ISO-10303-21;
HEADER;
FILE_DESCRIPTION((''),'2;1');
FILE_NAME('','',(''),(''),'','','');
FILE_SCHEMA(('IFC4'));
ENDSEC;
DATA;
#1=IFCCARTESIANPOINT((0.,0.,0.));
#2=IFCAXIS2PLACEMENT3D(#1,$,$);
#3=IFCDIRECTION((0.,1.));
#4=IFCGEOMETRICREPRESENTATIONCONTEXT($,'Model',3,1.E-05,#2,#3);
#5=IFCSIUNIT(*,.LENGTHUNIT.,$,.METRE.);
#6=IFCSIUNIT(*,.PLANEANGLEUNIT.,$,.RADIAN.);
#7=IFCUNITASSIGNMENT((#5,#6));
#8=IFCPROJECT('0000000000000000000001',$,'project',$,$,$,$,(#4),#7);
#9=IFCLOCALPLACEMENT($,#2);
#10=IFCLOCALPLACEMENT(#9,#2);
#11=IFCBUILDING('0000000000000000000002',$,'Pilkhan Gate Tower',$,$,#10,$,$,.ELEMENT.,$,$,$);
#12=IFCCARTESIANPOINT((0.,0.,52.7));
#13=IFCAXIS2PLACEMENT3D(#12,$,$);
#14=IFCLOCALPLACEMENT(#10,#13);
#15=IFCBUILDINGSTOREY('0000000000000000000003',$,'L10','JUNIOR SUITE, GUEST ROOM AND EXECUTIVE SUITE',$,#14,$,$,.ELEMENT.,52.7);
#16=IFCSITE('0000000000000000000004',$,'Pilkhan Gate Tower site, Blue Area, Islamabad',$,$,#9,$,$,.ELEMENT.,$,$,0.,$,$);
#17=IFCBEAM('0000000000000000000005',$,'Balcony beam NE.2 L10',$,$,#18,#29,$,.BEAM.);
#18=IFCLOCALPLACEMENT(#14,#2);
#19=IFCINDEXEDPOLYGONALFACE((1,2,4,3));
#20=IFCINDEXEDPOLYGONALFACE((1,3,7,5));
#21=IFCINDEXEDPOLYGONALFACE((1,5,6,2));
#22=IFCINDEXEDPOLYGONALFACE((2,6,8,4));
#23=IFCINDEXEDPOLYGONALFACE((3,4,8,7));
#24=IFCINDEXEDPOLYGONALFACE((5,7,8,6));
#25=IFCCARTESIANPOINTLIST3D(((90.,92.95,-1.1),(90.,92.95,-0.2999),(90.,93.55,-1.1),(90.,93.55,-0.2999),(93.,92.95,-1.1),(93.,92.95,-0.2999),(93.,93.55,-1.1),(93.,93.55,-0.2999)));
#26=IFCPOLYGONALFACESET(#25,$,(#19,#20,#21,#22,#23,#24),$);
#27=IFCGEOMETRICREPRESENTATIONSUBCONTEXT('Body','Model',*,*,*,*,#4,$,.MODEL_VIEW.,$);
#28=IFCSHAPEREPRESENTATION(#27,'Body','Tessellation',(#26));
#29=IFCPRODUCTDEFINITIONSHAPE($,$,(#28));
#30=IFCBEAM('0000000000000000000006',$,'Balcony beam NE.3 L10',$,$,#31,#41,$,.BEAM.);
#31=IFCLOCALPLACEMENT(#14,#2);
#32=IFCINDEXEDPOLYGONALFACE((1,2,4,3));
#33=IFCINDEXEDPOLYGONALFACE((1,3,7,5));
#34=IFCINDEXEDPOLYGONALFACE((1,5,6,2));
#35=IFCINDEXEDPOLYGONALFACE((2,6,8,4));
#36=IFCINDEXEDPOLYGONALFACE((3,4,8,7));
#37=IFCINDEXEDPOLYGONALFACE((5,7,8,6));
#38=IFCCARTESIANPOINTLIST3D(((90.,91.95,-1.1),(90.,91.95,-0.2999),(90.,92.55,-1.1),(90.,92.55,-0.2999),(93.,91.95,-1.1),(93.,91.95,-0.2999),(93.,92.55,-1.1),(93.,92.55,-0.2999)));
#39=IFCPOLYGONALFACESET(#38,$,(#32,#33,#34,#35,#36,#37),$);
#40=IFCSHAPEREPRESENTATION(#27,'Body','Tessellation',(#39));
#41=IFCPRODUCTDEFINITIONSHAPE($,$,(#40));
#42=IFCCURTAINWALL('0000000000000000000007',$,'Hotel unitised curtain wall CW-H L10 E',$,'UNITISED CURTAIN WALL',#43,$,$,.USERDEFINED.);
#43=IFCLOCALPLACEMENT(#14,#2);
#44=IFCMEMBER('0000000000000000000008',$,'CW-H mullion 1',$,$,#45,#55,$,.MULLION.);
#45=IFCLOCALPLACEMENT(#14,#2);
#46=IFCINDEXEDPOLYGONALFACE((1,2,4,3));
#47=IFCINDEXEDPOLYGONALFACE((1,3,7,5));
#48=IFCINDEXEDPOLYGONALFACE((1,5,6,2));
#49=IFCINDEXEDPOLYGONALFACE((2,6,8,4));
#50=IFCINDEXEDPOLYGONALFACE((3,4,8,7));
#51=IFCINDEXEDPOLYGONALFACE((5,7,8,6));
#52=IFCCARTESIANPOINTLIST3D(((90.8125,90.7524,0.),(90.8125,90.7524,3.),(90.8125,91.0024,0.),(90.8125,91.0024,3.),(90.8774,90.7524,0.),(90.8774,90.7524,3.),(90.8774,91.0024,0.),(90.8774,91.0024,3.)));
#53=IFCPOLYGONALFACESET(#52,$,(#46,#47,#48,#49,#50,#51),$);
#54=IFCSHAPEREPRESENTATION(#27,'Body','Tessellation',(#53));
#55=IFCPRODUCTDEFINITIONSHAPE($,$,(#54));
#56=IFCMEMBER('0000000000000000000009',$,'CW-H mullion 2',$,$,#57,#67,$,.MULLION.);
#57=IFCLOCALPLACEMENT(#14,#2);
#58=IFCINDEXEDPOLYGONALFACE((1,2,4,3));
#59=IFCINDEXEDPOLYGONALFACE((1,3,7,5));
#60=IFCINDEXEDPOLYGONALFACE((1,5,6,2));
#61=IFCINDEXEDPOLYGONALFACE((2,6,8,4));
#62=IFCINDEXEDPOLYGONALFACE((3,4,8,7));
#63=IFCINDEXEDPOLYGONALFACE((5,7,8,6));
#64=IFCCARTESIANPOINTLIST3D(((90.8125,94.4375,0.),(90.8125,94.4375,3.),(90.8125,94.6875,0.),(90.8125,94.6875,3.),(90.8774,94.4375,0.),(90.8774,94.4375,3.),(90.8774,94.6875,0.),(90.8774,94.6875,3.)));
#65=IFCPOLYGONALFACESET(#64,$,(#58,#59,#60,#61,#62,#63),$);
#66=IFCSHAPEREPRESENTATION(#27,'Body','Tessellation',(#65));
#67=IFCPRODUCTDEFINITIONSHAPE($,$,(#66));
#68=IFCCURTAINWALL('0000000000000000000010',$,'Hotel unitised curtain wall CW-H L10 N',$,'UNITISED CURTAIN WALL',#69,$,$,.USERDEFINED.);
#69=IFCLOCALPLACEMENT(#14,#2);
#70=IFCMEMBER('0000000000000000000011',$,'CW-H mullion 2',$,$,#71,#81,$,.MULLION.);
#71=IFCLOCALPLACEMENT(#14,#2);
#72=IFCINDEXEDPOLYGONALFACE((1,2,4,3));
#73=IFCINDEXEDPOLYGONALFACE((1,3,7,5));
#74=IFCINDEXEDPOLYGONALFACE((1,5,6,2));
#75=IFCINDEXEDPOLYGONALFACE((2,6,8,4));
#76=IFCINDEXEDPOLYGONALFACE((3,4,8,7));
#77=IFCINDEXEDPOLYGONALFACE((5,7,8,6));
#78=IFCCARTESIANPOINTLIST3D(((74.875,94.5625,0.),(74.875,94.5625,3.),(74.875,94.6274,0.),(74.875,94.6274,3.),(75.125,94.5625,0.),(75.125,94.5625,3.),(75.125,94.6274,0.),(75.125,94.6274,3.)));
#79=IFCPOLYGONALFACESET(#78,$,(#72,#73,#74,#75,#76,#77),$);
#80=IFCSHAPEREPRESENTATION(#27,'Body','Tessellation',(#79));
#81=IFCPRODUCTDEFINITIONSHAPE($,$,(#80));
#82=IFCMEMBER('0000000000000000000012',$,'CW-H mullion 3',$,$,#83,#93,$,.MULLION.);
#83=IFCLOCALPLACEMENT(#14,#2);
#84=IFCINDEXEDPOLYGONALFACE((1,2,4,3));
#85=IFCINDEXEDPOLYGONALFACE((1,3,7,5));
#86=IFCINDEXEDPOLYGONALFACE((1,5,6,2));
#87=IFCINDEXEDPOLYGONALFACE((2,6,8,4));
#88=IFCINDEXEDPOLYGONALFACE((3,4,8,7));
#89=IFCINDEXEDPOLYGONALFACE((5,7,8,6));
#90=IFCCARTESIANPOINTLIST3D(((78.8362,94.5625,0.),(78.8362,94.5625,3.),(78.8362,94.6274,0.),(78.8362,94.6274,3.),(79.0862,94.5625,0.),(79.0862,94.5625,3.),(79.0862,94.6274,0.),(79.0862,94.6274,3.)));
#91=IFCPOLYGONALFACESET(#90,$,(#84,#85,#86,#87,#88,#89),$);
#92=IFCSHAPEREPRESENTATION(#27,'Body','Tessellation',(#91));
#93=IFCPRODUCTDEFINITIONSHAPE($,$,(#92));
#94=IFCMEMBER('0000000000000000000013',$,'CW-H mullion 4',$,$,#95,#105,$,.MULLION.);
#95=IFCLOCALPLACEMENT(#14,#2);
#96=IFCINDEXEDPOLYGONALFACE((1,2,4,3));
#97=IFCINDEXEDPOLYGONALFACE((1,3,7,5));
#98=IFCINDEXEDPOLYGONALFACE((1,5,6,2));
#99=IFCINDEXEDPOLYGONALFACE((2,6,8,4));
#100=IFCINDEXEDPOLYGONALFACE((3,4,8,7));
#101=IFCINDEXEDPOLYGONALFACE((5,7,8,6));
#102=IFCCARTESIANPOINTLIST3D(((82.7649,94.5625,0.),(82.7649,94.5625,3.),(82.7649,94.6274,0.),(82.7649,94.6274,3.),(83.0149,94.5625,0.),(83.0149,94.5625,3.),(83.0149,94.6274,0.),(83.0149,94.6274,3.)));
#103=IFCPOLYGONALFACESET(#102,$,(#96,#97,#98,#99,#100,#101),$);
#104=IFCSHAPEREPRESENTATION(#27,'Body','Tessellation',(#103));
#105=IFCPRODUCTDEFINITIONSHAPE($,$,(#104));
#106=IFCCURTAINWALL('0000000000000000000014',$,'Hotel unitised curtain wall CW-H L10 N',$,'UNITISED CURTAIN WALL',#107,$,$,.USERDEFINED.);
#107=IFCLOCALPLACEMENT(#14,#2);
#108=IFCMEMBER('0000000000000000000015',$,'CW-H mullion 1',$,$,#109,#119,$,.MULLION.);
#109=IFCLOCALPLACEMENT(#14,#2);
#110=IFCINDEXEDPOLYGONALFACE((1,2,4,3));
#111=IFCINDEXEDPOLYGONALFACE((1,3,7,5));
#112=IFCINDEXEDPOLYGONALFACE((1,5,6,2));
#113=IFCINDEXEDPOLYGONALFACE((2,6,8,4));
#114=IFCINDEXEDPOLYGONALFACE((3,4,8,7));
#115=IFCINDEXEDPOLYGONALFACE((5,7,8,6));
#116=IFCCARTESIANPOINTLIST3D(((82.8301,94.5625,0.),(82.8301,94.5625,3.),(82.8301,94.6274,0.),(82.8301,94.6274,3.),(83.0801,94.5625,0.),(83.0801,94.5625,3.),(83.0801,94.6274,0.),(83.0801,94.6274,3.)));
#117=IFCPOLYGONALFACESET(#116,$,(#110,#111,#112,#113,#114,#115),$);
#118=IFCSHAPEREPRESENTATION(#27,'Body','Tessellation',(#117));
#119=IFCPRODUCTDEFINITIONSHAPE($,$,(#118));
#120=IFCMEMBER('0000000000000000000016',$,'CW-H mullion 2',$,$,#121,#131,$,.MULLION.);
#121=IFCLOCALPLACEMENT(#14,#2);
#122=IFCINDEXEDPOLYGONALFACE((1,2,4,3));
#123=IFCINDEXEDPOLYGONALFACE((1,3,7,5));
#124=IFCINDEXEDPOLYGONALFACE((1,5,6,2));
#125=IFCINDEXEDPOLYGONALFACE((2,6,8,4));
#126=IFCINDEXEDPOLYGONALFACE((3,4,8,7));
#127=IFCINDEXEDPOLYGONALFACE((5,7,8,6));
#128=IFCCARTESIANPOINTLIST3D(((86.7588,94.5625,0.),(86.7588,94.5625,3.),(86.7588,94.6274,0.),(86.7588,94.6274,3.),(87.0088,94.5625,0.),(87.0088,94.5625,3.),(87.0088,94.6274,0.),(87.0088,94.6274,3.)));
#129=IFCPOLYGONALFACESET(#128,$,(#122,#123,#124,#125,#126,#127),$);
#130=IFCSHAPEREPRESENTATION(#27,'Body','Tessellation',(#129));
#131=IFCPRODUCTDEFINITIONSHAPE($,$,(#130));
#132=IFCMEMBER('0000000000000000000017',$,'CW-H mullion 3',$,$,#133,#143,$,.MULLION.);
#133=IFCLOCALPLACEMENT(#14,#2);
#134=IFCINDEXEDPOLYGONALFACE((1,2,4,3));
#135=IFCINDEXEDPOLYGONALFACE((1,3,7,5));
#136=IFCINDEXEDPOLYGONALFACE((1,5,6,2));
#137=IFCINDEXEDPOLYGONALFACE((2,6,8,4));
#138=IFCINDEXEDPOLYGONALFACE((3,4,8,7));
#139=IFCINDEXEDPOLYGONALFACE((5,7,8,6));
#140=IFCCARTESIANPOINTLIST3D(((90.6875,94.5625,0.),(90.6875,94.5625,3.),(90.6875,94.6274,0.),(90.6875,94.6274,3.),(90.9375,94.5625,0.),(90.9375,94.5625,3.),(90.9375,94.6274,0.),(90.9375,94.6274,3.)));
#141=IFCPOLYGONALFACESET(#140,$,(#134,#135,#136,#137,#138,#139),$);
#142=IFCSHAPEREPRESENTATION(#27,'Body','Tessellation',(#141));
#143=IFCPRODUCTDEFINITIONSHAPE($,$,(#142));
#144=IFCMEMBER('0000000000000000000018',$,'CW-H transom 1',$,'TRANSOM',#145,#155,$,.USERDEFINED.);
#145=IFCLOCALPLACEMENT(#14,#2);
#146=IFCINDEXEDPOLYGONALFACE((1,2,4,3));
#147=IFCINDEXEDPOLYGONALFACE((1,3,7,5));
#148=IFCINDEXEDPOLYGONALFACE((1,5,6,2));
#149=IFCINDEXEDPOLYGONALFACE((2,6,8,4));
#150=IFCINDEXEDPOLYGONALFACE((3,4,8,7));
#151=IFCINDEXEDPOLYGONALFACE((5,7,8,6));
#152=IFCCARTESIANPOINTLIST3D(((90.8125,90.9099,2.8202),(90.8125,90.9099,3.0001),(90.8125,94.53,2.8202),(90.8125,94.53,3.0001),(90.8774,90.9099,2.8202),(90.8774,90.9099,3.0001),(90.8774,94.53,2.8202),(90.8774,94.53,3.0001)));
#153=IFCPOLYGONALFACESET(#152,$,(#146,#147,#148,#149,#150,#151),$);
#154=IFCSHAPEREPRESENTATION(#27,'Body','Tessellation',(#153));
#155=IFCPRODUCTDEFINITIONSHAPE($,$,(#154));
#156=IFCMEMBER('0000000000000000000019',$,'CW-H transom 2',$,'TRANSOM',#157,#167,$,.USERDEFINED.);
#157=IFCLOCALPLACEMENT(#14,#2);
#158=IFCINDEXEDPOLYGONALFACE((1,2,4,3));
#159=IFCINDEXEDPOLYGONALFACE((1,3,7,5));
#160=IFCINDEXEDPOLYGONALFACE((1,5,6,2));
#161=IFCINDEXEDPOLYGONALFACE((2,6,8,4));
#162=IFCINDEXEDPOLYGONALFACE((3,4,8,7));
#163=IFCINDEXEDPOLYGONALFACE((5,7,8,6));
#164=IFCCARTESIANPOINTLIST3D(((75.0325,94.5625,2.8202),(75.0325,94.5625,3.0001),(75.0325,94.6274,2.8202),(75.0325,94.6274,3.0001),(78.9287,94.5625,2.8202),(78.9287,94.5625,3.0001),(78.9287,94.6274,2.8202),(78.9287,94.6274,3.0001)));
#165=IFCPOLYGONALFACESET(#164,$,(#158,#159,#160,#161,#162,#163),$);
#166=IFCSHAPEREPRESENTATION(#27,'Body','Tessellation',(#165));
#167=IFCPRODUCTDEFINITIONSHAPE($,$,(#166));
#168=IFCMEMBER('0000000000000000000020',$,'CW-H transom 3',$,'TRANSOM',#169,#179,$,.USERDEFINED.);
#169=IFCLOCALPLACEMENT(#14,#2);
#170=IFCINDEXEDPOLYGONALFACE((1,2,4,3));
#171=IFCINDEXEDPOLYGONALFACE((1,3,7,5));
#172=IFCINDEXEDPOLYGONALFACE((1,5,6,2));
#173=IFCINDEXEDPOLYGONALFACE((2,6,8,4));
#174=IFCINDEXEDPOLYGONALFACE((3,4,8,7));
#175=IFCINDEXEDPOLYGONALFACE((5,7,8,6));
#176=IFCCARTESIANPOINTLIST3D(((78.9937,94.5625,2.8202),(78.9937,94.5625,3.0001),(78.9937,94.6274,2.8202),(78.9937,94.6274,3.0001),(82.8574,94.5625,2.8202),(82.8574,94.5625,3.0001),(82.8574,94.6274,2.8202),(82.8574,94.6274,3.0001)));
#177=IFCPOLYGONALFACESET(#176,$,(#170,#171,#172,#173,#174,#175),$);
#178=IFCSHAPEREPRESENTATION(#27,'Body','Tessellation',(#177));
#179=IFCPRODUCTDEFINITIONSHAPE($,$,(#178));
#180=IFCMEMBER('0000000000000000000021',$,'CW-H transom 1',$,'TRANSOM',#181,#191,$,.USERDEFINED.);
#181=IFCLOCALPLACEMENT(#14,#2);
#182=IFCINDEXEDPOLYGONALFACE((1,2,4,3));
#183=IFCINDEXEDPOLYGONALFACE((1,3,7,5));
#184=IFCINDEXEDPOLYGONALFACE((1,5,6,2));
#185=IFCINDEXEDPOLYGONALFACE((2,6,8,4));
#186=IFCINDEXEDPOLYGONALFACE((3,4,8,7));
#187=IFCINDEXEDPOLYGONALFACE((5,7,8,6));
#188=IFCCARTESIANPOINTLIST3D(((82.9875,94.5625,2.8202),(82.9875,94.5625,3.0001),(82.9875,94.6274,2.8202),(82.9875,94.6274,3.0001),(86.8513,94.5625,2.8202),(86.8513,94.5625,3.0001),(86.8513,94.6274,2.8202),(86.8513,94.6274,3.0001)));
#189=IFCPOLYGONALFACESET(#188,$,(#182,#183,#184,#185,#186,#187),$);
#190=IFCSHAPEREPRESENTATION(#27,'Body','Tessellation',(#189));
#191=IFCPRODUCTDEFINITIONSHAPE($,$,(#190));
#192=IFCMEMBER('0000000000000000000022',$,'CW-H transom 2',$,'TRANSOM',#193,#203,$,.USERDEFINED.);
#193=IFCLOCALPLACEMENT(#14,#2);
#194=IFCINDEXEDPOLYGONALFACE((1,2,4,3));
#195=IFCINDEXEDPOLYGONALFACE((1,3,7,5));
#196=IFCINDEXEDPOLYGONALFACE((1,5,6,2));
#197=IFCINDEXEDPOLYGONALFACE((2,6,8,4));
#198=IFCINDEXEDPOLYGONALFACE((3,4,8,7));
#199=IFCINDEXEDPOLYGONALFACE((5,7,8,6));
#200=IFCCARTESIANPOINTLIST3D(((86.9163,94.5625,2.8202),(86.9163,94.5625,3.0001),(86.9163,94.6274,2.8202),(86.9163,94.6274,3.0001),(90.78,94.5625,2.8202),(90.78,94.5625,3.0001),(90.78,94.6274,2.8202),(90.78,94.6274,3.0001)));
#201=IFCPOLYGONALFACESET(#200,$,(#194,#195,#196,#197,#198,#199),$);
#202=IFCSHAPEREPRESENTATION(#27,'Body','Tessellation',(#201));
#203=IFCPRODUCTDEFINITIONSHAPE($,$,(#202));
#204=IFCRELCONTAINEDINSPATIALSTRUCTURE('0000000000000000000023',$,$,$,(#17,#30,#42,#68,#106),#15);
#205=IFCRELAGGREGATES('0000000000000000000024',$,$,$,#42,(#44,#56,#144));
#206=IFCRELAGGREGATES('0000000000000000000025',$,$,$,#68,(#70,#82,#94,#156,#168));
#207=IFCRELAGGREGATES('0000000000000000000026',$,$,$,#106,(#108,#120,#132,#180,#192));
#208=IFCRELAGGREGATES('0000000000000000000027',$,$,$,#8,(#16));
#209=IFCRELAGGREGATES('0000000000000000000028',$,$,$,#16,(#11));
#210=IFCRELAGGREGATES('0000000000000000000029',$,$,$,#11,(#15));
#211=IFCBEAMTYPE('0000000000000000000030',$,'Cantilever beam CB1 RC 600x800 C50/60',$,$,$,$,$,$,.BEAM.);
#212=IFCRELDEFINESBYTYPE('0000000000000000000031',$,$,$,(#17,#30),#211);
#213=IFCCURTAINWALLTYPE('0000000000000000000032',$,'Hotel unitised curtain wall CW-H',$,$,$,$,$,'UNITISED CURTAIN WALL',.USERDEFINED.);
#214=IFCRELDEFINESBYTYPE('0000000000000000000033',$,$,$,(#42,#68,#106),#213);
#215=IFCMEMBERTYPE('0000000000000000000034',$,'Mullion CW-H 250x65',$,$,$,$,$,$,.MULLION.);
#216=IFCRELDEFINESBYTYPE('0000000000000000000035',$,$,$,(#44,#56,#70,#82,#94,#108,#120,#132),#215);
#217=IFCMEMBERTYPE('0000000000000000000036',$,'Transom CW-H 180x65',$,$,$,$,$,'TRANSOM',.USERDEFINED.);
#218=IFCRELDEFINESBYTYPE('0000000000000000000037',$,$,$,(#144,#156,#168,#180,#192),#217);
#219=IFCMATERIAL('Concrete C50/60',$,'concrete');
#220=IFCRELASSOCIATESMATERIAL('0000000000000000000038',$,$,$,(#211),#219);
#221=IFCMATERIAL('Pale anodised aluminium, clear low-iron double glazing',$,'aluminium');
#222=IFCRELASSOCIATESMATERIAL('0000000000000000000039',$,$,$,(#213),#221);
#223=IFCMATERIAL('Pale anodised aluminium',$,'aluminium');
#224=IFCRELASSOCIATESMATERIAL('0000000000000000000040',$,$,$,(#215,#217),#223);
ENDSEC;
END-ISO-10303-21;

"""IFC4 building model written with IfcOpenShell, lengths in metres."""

from ifc_helpers import new_model, si_unit, direction, frame, origin, origin_2d, place, context, subcontext, project, spatial, rectangle, extrude, material, material_profile, profile_set, type_object, element, aggregate, save


model = new_model("IFC4")

# Units and contexts
model_context = context("Model", 3, precision=1e-05, world=origin(), true_north=direction((0.0, 1.0)))
body_context = subcontext(model_context, "Body", "Model", "MODEL_VIEW")
ifc_project = project(units=[si_unit("LENGTHUNIT", "METRE"), si_unit("PLANEANGLEUNIT", "RADIAN")], contexts=[model_context])

# Site, building, storey
site_placement = place(None, origin())
site = spatial("IfcSite", under=ifc_project, at=site_placement, Name="Pilkhan Gate Tower site, Blue Area, Islamabad", CompositionType="ELEMENT", RefElevation=0.0)
building_placement = place(site_placement, origin())
building = spatial("IfcBuilding", under=site, at=building_placement, Name="Pilkhan Gate Tower", CompositionType="ELEMENT")
storey_placement = place(building_placement, frame((0.0, 0.0, 52.7)))
storey = spatial("IfcBuildingStorey", under=building, at=storey_placement, Name="L10", Description="JUNIOR SUITE, GUEST ROOM AND EXECUTIVE SUITE", CompositionType="ELEMENT", Elevation=52.7)

# Beams
ifc_material_1 = material(Name="Concrete C50/60", Category="concrete")
ifc_material_profile_1 = material_profile(ifc_material_1, rectangle(XDim=0.6001, YDim=0.8, at=origin_2d()), Name="RC 600x800")
ifc_profile_set_1 = profile_set([ifc_material_profile_1], Name="Concrete C50/60")
beam_type = type_object("IfcBeamType", Name="Cantilever beam CB1 RC 600x800 C50/60", PredefinedType="BEAM", material=ifc_profile_set_1)
for number, where, z_axis, x_axis, name in (
    (1, (90.0, 93.25, -0.7), (1.0, 0.0, 0.0), (0.0, 1.0, 0.0), "Balcony beam NE.2 L10"),
    (2, (90.0, 92.25, -0.7), (1.0, 0.0, 0.0), (0.0, 1.0, 0.0), "Balcony beam NE.3 L10"),
):
    element("IfcBeam", number, at=place(storey_placement, frame(where, z_axis=z_axis, x_axis=x_axis)), inside=storey, type_object=beam_type, Name=name, PredefinedType="BEAM", context=body_context, shape_type="SweptSolid", body=[
        extrude(rectangle(XDim=0.6001, YDim=0.8, at=origin_2d()), origin(), (0.0, 0.0, 1.0), 3.0),
    ])

# Curtain walls, members
ifc_material_2 = material(Name="Pale anodised aluminium, clear low-iron double glazing", Category="aluminium")
curtain_wall_type = type_object("IfcCurtainWallType", Name="Hotel unitised curtain wall CW-H", ElementType="UNITISED CURTAIN WALL", PredefinedType="USERDEFINED", material=ifc_material_2)
curtain_wall_1_placement = place(storey_placement, origin())
curtain_wall_1 = element("IfcCurtainWall", 3, at=curtain_wall_1_placement, inside=storey, type_object=curtain_wall_type, Name="Hotel unitised curtain wall CW-H L10 E", ObjectType="UNITISED CURTAIN WALL", PredefinedType="USERDEFINED")
ifc_material_3 = material(Name="Pale anodised aluminium", Category="aluminium")
ifc_material_profile_2 = material_profile(ifc_material_3, rectangle(XDim=0.0649, YDim=0.25, at=origin_2d()), Name="Mullion 250x65")
ifc_profile_set_2 = profile_set([ifc_material_profile_2], Name="Pale anodised aluminium")
member_type_1 = type_object("IfcMemberType", Name="Mullion CW-H 250x65", PredefinedType="MULLION", material=ifc_profile_set_2)
member_1_placement = place(storey_placement, frame((90.845, 90.8774, 0.0), z_axis=(0.0, 0.0, 1.0), x_axis=(-1.0, 0.0, 0.0)))
member_1 = element("IfcMember", 4, at=member_1_placement, type_object=member_type_1, Name="CW-H mullion 1", PredefinedType="MULLION", context=body_context, shape_type="SweptSolid", body=[
    extrude(rectangle(XDim=0.0649, YDim=0.25, at=origin_2d()), origin(), (0.0, 0.0, 1.0), 3.0),
])
member_2_placement = place(storey_placement, frame((90.845, 94.5625, 0.0), z_axis=(0.0, 0.0, 1.0), x_axis=(-1.0, 0.0, 0.0)))
member_2 = element("IfcMember", 5, at=member_2_placement, type_object=member_type_1, Name="CW-H mullion 2", PredefinedType="MULLION", context=body_context, shape_type="SweptSolid", body=[
    extrude(rectangle(XDim=0.0649, YDim=0.25, at=origin_2d()), origin(), (0.0, 0.0, 1.0), 3.0),
])
curtain_wall_2_placement = place(storey_placement, origin())
curtain_wall_2 = element("IfcCurtainWall", 6, at=curtain_wall_2_placement, inside=storey, type_object=curtain_wall_type, Name="Hotel unitised curtain wall CW-H L10 N", ObjectType="UNITISED CURTAIN WALL", PredefinedType="USERDEFINED")
member_3_placement = place(storey_placement, frame((75.0, 94.595, 0.0), z_axis=(0.0, 0.0, 1.0), x_axis=(0.0, 1.0, 0.0)))
member_3 = element("IfcMember", 7, at=member_3_placement, type_object=member_type_1, Name="CW-H mullion 2", PredefinedType="MULLION", context=body_context, shape_type="SweptSolid", body=[
    extrude(rectangle(XDim=0.0649, YDim=0.25, at=origin_2d()), origin(), (0.0, 0.0, 1.0), 3.0),
])
member_4_placement = place(storey_placement, frame((78.9612, 94.595, 0.0), z_axis=(0.0, 0.0, 1.0), x_axis=(0.0, 1.0, 0.0)))
member_4 = element("IfcMember", 8, at=member_4_placement, type_object=member_type_1, Name="CW-H mullion 3", PredefinedType="MULLION", context=body_context, shape_type="SweptSolid", body=[
    extrude(rectangle(XDim=0.0649, YDim=0.25, at=origin_2d()), origin(), (0.0, 0.0, 1.0), 3.0),
])
member_5_placement = place(storey_placement, frame((82.8899, 94.595, 0.0), z_axis=(0.0, 0.0, 1.0), x_axis=(0.0, 1.0, 0.0)))
member_5 = element("IfcMember", 9, at=member_5_placement, type_object=member_type_1, Name="CW-H mullion 4", PredefinedType="MULLION", context=body_context, shape_type="SweptSolid", body=[
    extrude(rectangle(XDim=0.0649, YDim=0.25, at=origin_2d()), origin(), (0.0, 0.0, 1.0), 3.0),
])
curtain_wall_3_placement = place(storey_placement, origin())
curtain_wall_3 = element("IfcCurtainWall", 10, at=curtain_wall_3_placement, inside=storey, type_object=curtain_wall_type, Name="Hotel unitised curtain wall CW-H L10 N", ObjectType="UNITISED CURTAIN WALL", PredefinedType="USERDEFINED")
member_6_placement = place(storey_placement, frame((82.9551, 94.595, 0.0), z_axis=(0.0, 0.0, 1.0), x_axis=(0.0, 1.0, 0.0)))
member_6 = element("IfcMember", 11, at=member_6_placement, type_object=member_type_1, Name="CW-H mullion 1", PredefinedType="MULLION", context=body_context, shape_type="SweptSolid", body=[
    extrude(rectangle(XDim=0.0649, YDim=0.25, at=origin_2d()), origin(), (0.0, 0.0, 1.0), 3.0),
])
member_7_placement = place(storey_placement, frame((86.8838, 94.595, 0.0), z_axis=(0.0, 0.0, 1.0), x_axis=(0.0, 1.0, 0.0)))
member_7 = element("IfcMember", 12, at=member_7_placement, type_object=member_type_1, Name="CW-H mullion 2", PredefinedType="MULLION", context=body_context, shape_type="SweptSolid", body=[
    extrude(rectangle(XDim=0.0649, YDim=0.25, at=origin_2d()), origin(), (0.0, 0.0, 1.0), 3.0),
])
member_8_placement = place(storey_placement, frame((90.8125, 94.595, 0.0), z_axis=(0.0, 0.0, 1.0), x_axis=(0.0, 1.0, 0.0)))
member_8 = element("IfcMember", 13, at=member_8_placement, type_object=member_type_1, Name="CW-H mullion 3", PredefinedType="MULLION", context=body_context, shape_type="SweptSolid", body=[
    extrude(rectangle(XDim=0.0649, YDim=0.25, at=origin_2d()), origin(), (0.0, 0.0, 1.0), 3.0),
])

# Members
ifc_material_profile_3 = material_profile(ifc_material_3, rectangle(XDim=0.0649, YDim=0.1799, at=origin_2d()), Name="Transom 180x65")
ifc_profile_set_3 = profile_set([ifc_material_profile_3], Name="Pale anodised aluminium")
member_type_2 = type_object("IfcMemberType", Name="Transom CW-H 180x65", ElementType="TRANSOM", PredefinedType="USERDEFINED", material=ifc_profile_set_3)
member_9_placement = place(storey_placement, frame((90.845, 90.9099, 2.9102), z_axis=(0.0, 1.0, 0.0), x_axis=(-1.0, 0.0, 0.0)))
member_9 = element("IfcMember", 14, at=member_9_placement, type_object=member_type_2, Name="CW-H transom 1", ObjectType="TRANSOM", PredefinedType="USERDEFINED", context=body_context, shape_type="SweptSolid", body=[
    extrude(rectangle(XDim=0.0649, YDim=0.1799, at=origin_2d()), origin(), (0.0, 0.0, 1.0), 3.6201),
])
member_10_placement = place(storey_placement, frame((75.0325, 94.595, 2.9102), z_axis=(1.0, 0.0, 0.0), x_axis=(0.0, 1.0, 0.0)))
member_10 = element("IfcMember", 15, at=member_10_placement, type_object=member_type_2, Name="CW-H transom 2", ObjectType="TRANSOM", PredefinedType="USERDEFINED", context=body_context, shape_type="SweptSolid", body=[
    extrude(rectangle(XDim=0.0649, YDim=0.1799, at=origin_2d()), origin(), (0.0, 0.0, 1.0), 3.8962),
])
member_11_placement = place(storey_placement, frame((78.9937, 94.595, 2.9102), z_axis=(1.0, 0.0, 0.0), x_axis=(0.0, 1.0, 0.0)))
member_11 = element("IfcMember", 16, at=member_11_placement, type_object=member_type_2, Name="CW-H transom 3", ObjectType="TRANSOM", PredefinedType="USERDEFINED", context=body_context, shape_type="SweptSolid", body=[
    extrude(rectangle(XDim=0.0649, YDim=0.1799, at=origin_2d()), origin(), (0.0, 0.0, 1.0), 3.8638),
])
member_12_placement = place(storey_placement, frame((82.9875, 94.595, 2.9102), z_axis=(1.0, 0.0, 0.0), x_axis=(0.0, 1.0, 0.0)))
member_12 = element("IfcMember", 17, at=member_12_placement, type_object=member_type_2, Name="CW-H transom 1", ObjectType="TRANSOM", PredefinedType="USERDEFINED", context=body_context, shape_type="SweptSolid", body=[
    extrude(rectangle(XDim=0.0649, YDim=0.1799, at=origin_2d()), origin(), (0.0, 0.0, 1.0), 3.8638),
])
member_13_placement = place(storey_placement, frame((86.9163, 94.595, 2.9102), z_axis=(1.0, 0.0, 0.0), x_axis=(0.0, 1.0, 0.0)))
member_13 = element("IfcMember", 18, at=member_13_placement, type_object=member_type_2, Name="CW-H transom 2", ObjectType="TRANSOM", PredefinedType="USERDEFINED", context=body_context, shape_type="SweptSolid", body=[
    extrude(rectangle(XDim=0.0649, YDim=0.1799, at=origin_2d()), origin(), (0.0, 0.0, 1.0), 3.8638),
])

aggregate(curtain_wall_1, [member_1, member_2, member_9])
aggregate(curtain_wall_2, [member_3, member_4, member_5, member_10, member_11])
aggregate(curtain_wall_3, [member_6, member_7, member_8, member_12, member_13])

save(model, "model.ifc")
